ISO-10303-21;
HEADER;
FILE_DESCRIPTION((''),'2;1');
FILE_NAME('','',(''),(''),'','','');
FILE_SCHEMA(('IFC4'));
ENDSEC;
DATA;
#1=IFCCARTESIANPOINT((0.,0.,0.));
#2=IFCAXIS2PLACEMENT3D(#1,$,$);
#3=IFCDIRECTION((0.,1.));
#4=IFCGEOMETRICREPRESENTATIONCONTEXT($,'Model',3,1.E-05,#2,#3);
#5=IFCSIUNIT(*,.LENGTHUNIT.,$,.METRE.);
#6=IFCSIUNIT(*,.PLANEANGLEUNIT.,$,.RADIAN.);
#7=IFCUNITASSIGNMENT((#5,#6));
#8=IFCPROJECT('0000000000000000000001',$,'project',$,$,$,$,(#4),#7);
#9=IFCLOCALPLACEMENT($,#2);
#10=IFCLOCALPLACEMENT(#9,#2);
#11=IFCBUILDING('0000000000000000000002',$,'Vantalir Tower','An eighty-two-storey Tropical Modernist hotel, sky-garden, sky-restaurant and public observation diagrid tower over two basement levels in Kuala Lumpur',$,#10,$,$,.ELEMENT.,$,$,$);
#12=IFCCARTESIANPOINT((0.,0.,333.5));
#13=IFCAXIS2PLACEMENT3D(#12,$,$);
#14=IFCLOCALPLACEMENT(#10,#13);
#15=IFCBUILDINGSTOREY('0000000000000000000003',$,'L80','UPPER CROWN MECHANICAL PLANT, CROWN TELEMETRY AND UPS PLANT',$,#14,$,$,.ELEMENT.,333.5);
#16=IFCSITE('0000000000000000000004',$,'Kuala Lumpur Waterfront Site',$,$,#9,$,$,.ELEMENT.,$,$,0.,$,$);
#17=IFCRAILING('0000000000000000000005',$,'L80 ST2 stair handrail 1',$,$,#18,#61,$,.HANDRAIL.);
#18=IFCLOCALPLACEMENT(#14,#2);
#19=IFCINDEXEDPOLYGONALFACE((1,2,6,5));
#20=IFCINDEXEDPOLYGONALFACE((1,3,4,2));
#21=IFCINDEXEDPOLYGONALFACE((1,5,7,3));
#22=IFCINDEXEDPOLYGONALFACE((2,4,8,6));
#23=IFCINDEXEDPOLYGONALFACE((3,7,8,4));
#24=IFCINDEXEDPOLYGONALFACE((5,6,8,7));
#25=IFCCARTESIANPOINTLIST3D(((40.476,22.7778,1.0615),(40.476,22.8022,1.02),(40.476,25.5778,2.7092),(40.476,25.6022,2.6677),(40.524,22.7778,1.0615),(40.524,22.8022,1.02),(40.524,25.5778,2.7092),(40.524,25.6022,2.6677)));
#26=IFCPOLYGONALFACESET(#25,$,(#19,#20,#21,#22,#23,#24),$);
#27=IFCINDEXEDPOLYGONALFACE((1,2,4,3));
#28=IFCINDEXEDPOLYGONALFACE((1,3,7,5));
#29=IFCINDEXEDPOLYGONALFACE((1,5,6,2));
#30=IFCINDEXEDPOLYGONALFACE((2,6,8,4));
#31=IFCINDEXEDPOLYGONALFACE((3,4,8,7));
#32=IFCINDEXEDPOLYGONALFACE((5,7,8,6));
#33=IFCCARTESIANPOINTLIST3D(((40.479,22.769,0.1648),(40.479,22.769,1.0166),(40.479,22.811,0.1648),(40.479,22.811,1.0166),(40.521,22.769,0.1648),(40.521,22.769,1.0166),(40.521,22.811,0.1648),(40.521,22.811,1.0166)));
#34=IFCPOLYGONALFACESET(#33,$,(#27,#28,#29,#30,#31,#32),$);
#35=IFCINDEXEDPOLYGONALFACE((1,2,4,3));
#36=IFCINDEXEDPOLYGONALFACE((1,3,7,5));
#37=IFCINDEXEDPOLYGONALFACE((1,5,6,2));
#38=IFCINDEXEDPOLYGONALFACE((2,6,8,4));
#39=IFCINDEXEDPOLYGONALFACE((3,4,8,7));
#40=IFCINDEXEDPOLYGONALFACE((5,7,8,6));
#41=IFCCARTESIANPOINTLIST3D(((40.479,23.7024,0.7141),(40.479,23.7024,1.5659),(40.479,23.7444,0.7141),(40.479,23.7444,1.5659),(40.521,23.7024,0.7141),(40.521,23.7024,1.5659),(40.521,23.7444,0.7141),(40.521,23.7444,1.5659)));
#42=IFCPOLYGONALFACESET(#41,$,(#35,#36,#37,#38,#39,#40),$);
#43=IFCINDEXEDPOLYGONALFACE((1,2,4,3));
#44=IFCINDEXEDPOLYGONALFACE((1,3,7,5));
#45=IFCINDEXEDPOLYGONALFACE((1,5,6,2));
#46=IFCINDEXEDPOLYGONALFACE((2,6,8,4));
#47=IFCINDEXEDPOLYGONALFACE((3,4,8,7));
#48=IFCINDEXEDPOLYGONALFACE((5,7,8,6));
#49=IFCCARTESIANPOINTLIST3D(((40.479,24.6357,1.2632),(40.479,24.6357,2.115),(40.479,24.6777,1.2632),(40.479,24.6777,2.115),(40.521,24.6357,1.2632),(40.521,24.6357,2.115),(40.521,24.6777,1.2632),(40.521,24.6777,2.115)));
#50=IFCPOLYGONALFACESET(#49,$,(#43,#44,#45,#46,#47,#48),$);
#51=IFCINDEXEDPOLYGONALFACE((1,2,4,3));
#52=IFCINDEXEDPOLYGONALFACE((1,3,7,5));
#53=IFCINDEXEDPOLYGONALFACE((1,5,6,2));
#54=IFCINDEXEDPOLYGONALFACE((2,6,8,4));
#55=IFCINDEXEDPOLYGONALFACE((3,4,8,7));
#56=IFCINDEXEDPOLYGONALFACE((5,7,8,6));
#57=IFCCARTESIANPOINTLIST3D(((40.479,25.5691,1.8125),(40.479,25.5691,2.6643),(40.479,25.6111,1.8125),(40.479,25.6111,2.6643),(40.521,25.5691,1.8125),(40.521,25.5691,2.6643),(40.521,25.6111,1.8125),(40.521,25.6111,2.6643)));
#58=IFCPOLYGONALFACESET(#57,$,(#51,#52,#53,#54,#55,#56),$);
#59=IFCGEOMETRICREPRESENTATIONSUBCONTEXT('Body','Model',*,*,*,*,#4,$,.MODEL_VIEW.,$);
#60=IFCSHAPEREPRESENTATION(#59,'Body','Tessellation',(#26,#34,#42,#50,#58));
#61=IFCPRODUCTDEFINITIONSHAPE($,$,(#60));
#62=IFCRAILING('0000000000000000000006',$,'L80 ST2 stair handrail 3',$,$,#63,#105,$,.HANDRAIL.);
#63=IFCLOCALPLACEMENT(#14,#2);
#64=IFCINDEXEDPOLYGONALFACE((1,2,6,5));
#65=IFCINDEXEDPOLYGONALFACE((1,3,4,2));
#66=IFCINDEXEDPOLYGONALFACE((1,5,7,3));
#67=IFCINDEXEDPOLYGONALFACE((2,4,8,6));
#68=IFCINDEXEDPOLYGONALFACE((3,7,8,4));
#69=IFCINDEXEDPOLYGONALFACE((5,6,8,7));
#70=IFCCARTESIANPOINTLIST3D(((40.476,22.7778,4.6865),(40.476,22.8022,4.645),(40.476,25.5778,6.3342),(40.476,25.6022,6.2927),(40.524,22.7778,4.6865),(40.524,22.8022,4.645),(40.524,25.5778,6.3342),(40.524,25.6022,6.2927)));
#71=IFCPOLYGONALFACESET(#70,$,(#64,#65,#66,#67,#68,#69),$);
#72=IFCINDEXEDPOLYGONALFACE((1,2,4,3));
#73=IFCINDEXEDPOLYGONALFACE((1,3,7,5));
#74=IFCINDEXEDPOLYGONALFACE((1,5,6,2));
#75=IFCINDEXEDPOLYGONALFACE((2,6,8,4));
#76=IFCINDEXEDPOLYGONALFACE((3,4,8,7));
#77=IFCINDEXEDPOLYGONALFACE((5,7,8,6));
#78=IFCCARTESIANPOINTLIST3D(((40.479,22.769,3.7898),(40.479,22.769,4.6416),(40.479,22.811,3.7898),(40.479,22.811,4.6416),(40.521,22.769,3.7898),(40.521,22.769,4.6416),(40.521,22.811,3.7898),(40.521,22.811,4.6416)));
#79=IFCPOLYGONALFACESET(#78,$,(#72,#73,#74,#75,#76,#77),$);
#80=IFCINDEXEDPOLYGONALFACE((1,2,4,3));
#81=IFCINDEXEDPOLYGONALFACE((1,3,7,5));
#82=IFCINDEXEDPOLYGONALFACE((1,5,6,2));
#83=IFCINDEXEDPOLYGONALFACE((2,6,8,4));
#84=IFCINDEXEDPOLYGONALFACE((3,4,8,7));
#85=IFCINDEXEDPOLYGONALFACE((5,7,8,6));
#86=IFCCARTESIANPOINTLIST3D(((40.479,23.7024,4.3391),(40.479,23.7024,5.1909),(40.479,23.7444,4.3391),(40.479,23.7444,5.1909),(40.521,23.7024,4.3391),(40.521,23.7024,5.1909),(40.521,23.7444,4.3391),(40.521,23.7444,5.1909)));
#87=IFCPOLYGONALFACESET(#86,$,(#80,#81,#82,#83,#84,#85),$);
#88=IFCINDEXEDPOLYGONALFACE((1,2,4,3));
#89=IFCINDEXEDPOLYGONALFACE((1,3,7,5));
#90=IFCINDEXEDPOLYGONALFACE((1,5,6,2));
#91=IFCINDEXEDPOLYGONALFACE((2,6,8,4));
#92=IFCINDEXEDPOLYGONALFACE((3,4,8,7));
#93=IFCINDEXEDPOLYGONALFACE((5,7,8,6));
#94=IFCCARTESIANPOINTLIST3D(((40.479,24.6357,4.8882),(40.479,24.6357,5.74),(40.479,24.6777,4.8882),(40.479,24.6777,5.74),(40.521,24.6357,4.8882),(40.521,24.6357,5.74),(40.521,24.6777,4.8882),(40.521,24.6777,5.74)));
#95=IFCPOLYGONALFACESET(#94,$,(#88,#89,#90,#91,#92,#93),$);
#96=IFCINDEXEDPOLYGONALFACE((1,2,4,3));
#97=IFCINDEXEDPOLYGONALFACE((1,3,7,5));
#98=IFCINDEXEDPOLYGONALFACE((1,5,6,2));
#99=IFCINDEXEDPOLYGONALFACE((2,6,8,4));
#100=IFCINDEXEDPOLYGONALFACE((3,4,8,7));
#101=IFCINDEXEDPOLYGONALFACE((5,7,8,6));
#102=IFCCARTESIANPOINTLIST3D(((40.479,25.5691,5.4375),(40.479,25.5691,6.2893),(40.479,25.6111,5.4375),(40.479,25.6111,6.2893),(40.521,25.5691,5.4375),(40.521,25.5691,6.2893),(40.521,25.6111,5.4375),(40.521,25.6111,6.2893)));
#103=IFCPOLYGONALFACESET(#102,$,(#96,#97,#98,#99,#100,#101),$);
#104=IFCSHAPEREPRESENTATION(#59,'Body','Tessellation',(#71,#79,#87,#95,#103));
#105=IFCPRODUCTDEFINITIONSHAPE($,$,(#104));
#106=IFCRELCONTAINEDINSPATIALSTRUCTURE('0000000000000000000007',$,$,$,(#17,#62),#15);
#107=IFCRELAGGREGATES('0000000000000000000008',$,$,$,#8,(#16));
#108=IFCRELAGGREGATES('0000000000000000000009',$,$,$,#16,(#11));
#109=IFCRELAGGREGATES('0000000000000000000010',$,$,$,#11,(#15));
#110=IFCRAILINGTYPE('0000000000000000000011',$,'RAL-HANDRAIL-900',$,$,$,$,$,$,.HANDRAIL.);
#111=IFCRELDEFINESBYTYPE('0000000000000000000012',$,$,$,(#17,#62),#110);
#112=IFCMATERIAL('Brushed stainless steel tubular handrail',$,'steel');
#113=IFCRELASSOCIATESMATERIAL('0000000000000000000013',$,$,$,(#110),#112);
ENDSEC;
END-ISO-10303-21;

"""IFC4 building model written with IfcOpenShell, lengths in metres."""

from ifc_helpers import new_model, si_unit, direction, frame, origin, origin_2d, place, context, subcontext, project, spatial, rectangle, extrude, material, type_object, element, save


model = new_model("IFC4")

# Units and contexts
model_context = context("Model", 3, precision=1e-05, world=origin(), true_north=direction((0.0, 1.0)))
body_context = subcontext(model_context, "Body", "Model", "MODEL_VIEW")
ifc_project = project(units=[si_unit("LENGTHUNIT", "METRE"), si_unit("PLANEANGLEUNIT", "RADIAN")], contexts=[model_context])

# Site, building, storey
site_placement = place(None, origin())
site = spatial("IfcSite", under=ifc_project, at=site_placement, Name="Kuala Lumpur Waterfront Site", CompositionType="ELEMENT", RefElevation=0.0)
building_placement = place(site_placement, origin())
building = spatial("IfcBuilding", under=site, at=building_placement, Name="Vantalir Tower", Description="An eighty-two-storey Tropical Modernist hotel, sky-garden, sky-restaurant and public observation diagrid tower over two basement levels in Kuala Lumpur", CompositionType="ELEMENT")
storey_placement = place(building_placement, frame((0.0, 0.0, 333.5)))
storey = spatial("IfcBuildingStorey", under=building, at=storey_placement, Name="L80", Description="UPPER CROWN MECHANICAL PLANT, CROWN TELEMETRY AND UPS PLANT", CompositionType="ELEMENT", Elevation=333.5)

# Railings
ifc_material_1 = material(Name="Brushed stainless steel tubular handrail", Category="steel")
railing_type_1 = type_object("IfcRailingType", Name="RAL-HANDRAIL-900", PredefinedType="HANDRAIL", material=ifc_material_1)
for number, where, name in (
    (1, (40.5, 22.79, 0.1648), "L80 ST2 stair handrail 1"),
    (2, (40.5, 22.79, 3.7898), "L80 ST2 stair handrail 3"),
):
    element("IfcRailing", number, at=place(storey_placement, frame(where)), inside=storey, type_object=railing_type_1, Name=name, PredefinedType="HANDRAIL", context=body_context, shape_type="SweptSolid", body=[
        extrude(rectangle(XDim=0.0481, YDim=0.0481, at=origin_2d()), frame((0.0, 0.0, 0.876), z_axis=(0.0, 0.861851, 0.507161), x_axis=(-1.0, 0.0, 0.0)), (0.0, 0.0, 1.0), 3.2488),
        extrude(rectangle(XDim=0.042, YDim=0.042, at=origin_2d()), origin(), (0.0, 0.0, 1.0), 0.8518),
        extrude(rectangle(XDim=0.042, YDim=0.042, at=origin_2d()), frame((0.0, 0.9333, 0.5493)), (0.0, 0.0, 1.0), 0.8518),
        extrude(rectangle(XDim=0.042, YDim=0.042, at=origin_2d()), frame((0.0, 1.8667, 1.0984)), (0.0, 0.0, 1.0), 0.8518),
        extrude(rectangle(XDim=0.042, YDim=0.042, at=origin_2d()), frame((0.0, 2.8, 1.6477)), (0.0, 0.0, 1.0), 0.8518),
    ])

save(model, "model.ifc")
